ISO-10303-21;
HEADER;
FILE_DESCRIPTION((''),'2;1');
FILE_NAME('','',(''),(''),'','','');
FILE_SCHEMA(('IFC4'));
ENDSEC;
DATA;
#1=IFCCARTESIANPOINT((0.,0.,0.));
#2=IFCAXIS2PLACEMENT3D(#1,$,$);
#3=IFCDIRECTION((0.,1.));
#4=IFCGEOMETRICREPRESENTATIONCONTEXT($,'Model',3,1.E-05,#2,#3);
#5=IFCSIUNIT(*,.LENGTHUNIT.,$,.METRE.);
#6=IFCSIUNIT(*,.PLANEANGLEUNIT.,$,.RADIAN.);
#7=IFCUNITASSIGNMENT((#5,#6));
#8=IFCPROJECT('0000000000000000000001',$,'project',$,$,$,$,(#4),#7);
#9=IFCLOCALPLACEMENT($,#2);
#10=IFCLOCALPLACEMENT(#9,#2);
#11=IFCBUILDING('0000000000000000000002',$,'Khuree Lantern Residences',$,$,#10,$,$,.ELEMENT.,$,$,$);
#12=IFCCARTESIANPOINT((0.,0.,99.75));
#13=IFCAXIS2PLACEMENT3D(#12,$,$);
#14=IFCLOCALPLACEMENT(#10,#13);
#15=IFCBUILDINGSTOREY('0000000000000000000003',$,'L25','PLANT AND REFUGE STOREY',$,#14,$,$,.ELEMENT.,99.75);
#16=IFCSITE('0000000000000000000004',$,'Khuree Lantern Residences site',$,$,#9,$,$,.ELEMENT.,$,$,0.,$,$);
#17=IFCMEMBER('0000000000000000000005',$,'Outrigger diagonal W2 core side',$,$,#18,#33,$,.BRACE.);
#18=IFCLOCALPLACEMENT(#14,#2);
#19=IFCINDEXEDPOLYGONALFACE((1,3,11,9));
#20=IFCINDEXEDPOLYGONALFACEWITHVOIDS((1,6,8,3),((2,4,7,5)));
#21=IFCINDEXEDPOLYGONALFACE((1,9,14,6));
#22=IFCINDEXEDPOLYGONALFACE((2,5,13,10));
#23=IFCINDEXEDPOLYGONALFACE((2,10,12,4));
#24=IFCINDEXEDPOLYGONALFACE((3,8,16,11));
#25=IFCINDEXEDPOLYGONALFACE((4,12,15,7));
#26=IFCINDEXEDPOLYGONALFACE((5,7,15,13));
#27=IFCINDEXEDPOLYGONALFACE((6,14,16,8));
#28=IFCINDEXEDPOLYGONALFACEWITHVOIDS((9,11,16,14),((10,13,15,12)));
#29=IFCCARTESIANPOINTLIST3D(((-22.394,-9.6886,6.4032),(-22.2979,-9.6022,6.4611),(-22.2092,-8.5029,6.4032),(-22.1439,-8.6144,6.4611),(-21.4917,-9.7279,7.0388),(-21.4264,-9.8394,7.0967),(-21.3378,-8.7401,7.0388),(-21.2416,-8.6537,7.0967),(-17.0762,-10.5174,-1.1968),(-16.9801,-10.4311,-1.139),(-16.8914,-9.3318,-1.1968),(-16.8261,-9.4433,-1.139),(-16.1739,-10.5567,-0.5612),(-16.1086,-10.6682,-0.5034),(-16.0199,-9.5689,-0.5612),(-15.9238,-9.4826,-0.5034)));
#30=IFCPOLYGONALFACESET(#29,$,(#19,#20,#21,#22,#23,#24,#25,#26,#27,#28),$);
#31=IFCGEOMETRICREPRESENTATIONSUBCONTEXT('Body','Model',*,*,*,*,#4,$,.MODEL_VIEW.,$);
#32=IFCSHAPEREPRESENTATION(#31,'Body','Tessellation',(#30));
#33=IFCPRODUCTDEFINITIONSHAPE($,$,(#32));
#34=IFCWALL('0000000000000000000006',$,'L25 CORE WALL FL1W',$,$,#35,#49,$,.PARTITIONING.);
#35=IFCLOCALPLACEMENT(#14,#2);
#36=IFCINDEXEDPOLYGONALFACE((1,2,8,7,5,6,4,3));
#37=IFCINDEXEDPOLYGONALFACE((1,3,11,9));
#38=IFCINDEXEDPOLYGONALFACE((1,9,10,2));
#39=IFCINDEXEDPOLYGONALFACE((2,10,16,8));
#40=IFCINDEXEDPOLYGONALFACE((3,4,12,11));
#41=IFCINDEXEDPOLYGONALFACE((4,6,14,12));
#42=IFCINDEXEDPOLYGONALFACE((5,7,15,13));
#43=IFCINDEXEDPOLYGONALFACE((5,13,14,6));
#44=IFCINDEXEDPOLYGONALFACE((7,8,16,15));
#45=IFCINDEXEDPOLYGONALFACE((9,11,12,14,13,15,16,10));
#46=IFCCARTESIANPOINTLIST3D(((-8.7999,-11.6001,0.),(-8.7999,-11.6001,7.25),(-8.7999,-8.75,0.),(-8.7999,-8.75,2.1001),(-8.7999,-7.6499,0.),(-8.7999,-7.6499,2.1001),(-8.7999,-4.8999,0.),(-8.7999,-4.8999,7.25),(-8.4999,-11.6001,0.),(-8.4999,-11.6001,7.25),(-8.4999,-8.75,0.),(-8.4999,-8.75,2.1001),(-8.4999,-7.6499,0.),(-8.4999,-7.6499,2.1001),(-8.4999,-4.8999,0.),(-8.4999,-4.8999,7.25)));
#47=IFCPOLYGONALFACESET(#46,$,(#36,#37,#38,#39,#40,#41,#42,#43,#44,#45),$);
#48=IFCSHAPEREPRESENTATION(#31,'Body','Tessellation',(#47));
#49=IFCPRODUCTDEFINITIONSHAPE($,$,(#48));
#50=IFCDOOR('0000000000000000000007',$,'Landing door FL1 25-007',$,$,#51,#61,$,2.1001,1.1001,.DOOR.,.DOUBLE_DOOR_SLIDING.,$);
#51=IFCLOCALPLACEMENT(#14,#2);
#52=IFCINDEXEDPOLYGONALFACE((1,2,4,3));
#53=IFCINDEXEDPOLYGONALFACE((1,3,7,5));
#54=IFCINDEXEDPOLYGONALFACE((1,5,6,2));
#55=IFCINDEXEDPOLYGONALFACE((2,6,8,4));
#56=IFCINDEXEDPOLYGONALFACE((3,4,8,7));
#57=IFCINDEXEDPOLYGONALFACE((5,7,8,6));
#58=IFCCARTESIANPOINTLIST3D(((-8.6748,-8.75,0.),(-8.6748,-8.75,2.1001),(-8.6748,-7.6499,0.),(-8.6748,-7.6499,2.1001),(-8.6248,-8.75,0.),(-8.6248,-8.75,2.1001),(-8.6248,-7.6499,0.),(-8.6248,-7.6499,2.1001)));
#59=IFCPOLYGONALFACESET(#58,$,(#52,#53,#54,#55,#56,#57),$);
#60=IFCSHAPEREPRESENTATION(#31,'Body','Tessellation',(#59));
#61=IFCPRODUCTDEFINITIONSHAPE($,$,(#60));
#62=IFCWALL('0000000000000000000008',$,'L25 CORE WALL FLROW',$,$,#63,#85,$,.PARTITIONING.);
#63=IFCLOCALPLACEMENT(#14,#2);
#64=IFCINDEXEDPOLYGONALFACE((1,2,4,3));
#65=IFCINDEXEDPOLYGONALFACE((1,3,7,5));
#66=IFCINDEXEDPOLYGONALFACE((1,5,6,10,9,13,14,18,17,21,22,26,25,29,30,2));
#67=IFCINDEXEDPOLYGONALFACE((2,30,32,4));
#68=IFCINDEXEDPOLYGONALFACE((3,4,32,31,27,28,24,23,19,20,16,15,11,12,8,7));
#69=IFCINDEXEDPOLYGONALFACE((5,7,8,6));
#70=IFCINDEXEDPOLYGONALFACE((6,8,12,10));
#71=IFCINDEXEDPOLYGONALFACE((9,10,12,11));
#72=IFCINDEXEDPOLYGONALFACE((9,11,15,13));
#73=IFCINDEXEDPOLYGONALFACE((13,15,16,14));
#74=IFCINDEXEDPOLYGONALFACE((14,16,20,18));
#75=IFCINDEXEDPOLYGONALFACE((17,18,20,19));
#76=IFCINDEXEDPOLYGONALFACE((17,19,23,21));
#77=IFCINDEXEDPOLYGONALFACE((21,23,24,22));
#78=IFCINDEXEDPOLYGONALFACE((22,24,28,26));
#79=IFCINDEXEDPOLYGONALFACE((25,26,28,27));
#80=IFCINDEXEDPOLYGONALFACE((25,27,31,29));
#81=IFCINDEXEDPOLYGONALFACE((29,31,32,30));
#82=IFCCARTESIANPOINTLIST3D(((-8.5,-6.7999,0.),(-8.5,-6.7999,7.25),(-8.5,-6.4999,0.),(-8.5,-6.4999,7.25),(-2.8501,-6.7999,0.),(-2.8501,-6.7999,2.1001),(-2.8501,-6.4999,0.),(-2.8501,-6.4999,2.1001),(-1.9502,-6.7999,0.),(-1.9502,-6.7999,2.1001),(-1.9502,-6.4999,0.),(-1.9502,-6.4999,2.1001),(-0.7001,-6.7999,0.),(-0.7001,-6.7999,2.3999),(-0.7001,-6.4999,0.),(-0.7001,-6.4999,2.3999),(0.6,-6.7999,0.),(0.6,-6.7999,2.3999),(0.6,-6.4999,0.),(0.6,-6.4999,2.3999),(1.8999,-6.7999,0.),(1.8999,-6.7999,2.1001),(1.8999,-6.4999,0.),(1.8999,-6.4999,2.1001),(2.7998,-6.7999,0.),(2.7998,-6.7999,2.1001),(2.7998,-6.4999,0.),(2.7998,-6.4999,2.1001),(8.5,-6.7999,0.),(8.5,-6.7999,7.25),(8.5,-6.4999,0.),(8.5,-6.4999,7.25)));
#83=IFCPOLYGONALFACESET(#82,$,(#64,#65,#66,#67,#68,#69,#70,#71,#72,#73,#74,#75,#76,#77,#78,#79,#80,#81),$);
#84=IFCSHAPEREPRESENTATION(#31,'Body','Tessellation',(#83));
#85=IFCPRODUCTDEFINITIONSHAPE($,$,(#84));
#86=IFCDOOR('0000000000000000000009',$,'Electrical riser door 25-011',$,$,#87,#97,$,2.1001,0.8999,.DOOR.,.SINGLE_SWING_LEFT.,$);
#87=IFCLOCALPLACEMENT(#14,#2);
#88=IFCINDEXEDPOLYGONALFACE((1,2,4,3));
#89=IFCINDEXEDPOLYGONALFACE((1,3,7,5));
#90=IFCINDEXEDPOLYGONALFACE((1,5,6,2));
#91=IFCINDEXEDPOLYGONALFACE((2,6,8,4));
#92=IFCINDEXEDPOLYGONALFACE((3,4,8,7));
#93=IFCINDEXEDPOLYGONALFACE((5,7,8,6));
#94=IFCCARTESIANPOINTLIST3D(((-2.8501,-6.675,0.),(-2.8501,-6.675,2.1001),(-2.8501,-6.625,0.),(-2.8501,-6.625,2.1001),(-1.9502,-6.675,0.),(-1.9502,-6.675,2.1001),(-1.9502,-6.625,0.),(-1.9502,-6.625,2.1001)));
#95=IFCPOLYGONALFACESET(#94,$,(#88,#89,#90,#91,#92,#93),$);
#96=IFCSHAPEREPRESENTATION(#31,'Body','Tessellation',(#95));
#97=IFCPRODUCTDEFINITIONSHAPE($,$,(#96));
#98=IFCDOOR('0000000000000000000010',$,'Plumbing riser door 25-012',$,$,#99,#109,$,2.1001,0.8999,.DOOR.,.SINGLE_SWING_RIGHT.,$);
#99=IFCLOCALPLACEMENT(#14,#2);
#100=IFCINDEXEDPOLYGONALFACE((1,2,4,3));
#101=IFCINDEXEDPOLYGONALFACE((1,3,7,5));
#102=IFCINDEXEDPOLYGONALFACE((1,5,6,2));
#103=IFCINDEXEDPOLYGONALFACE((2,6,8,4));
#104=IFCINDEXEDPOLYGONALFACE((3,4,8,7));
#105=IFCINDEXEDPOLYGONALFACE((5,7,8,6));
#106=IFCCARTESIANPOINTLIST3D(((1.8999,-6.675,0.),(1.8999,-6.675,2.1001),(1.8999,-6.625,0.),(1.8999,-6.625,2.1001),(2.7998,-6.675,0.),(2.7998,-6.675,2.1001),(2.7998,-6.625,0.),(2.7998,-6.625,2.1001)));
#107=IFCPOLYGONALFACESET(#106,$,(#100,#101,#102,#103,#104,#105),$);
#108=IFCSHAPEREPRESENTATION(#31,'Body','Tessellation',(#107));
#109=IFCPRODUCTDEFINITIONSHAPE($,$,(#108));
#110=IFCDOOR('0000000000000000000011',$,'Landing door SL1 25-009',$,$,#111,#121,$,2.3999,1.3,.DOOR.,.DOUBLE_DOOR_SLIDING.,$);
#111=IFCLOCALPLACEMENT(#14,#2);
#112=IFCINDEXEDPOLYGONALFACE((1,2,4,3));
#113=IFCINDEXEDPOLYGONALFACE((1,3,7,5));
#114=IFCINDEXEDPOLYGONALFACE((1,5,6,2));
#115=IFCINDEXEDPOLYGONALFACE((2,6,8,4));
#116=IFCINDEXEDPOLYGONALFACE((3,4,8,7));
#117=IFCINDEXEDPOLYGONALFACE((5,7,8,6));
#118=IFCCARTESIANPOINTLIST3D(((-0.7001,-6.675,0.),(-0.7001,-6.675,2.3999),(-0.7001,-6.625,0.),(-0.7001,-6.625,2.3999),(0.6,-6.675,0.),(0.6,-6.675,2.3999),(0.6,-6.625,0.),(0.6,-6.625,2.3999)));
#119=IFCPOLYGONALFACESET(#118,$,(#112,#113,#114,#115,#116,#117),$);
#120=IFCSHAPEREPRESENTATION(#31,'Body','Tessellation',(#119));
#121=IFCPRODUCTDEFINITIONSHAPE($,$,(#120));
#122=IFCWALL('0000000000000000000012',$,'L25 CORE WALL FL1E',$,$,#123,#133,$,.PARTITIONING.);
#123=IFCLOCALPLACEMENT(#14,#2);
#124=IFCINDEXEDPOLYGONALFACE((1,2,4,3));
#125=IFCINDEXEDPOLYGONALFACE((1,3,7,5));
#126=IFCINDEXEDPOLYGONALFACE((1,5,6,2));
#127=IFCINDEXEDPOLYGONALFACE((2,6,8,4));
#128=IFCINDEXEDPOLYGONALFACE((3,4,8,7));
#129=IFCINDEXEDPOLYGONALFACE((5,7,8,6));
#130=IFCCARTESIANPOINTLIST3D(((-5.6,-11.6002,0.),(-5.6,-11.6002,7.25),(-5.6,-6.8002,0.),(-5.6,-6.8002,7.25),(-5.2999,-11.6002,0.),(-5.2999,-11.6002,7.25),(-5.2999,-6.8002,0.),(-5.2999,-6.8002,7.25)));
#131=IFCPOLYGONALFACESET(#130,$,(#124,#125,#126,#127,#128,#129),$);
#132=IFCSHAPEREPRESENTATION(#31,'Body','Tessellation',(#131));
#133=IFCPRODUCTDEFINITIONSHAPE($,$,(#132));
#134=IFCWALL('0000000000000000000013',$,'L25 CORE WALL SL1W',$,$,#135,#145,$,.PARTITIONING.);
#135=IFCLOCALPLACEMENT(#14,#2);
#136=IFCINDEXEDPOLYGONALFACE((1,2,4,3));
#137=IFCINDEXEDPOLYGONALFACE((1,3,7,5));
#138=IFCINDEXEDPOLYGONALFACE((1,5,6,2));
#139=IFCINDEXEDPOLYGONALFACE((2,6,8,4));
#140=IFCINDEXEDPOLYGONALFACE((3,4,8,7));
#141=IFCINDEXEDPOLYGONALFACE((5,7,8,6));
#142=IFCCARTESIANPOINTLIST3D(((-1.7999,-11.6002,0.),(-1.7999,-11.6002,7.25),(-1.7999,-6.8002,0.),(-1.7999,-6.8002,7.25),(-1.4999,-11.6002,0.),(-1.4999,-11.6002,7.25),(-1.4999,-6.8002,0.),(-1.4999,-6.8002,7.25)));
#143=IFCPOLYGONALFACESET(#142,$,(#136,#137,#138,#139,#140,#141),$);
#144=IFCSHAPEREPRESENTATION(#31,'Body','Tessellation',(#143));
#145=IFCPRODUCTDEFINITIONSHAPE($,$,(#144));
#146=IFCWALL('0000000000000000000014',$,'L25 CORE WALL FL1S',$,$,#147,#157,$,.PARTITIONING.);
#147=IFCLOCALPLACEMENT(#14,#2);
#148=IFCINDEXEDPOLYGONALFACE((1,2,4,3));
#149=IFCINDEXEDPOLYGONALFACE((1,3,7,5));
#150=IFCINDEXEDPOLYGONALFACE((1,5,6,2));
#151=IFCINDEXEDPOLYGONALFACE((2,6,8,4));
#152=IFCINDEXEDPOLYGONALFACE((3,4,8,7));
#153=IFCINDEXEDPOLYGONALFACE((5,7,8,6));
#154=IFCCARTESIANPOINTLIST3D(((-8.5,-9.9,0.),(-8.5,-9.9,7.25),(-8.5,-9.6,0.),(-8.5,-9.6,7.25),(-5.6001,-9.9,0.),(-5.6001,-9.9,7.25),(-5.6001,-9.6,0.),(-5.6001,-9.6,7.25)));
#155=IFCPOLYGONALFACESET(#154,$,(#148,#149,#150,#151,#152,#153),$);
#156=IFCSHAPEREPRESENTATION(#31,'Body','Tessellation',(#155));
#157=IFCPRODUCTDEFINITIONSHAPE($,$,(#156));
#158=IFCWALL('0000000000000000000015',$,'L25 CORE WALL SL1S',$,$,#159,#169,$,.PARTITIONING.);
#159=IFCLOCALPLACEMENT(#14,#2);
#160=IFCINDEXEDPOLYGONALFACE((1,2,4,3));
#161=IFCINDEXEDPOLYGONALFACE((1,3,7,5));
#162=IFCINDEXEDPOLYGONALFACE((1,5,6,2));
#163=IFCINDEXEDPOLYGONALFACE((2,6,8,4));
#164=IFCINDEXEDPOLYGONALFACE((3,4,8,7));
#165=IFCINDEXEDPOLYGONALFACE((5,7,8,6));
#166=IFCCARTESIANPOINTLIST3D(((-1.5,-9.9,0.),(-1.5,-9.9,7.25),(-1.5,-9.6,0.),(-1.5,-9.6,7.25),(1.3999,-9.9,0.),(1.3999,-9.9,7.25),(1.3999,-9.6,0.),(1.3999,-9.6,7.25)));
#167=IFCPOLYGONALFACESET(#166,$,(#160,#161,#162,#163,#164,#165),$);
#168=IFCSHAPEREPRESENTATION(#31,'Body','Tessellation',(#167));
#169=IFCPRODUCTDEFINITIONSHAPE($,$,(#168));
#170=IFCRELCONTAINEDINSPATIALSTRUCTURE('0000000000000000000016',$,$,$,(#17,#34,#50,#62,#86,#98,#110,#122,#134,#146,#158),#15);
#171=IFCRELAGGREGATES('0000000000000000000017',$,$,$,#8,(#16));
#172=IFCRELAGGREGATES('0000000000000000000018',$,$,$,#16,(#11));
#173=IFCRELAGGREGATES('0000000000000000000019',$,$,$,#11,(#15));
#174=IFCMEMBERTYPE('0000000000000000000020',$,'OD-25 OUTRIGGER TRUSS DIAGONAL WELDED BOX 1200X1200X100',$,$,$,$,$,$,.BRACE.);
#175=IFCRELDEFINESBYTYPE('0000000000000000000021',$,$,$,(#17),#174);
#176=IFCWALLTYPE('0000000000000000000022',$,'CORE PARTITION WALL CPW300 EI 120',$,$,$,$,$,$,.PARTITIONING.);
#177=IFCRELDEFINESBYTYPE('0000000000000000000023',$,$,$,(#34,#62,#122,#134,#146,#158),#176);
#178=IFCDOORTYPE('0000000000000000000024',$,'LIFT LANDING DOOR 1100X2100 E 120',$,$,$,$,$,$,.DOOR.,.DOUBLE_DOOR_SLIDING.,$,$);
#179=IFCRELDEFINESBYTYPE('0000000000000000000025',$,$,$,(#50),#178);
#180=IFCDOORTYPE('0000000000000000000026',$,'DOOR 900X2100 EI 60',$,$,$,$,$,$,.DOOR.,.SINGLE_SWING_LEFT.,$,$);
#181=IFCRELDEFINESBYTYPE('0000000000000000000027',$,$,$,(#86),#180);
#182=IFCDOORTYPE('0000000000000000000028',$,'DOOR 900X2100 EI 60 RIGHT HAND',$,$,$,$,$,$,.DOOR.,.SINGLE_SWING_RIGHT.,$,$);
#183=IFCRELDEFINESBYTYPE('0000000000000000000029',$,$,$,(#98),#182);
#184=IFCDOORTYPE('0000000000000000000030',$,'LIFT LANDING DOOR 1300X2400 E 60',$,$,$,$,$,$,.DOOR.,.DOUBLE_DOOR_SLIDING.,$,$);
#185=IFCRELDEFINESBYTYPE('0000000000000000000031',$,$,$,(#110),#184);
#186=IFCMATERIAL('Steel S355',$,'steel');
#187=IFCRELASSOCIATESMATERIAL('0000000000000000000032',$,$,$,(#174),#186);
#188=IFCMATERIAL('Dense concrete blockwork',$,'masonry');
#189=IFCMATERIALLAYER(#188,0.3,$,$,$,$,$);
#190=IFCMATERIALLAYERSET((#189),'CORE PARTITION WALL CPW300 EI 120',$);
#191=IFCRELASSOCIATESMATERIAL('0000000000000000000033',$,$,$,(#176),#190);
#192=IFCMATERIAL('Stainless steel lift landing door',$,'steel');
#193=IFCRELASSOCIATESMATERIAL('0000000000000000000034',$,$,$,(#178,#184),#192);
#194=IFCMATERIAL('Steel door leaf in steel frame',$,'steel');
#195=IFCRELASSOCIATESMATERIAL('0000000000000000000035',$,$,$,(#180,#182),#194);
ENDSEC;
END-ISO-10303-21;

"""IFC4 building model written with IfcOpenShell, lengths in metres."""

from ifc_helpers import new_model, si_unit, direction, frame, frame_2d, origin, origin_2d, place, context, subcontext, project, spatial, rectangle, hollow_rectangle, extrude, material, layer, layer_set, material_profile, profile_set, type_object, element, fill, save


model = new_model("IFC4")

# Units and contexts
model_context = context("Model", 3, precision=1e-05, world=origin(), true_north=direction((0.0, 1.0)))
body_context = subcontext(model_context, "Body", "Model", "MODEL_VIEW")
ifc_project = project(units=[si_unit("LENGTHUNIT", "METRE"), si_unit("PLANEANGLEUNIT", "RADIAN")], contexts=[model_context])

# Site, building, storey
site_placement = place(None, origin())
site = spatial("IfcSite", under=ifc_project, at=site_placement, Name="Khuree Lantern Residences site", CompositionType="ELEMENT", RefElevation=0.0)
building_placement = place(site_placement, origin())
building = spatial("IfcBuilding", under=site, at=building_placement, Name="Khuree Lantern Residences", CompositionType="ELEMENT")
storey_placement = place(building_placement, frame((0.0, 0.0, 99.75)))
storey = spatial("IfcBuildingStorey", under=building, at=storey_placement, Name="L25", Description="PLANT AND REFUGE STOREY", CompositionType="ELEMENT", Elevation=99.75)

# Member
ifc_material_1 = material(Name="Steel S355", Category="steel")
ifc_material_profile = material_profile(ifc_material_1, hollow_rectangle(XDim=1.2, YDim=1.2, WallThickness=0.1001, at=origin_2d()), Name="WELDED BOX 1200X1200X100")
ifc_profile_set = profile_set([ifc_material_profile], Name="Steel S355")
member_type = type_object("IfcMemberType", Name="OD-25 OUTRIGGER TRUSS DIAGONAL WELDED BOX 1200X1200X100", PredefinedType="BRACE", material=ifc_profile_set)
member_placement = place(storey_placement, frame((-16.5, -10.0, -0.8501), z_axis=(-0.571028, 0.089002, 0.816092), x_axis=(-0.154003, -0.98807, 0.0)))
element("IfcMember", 1, at=member_placement, inside=storey, type_object=member_type, Name="Outrigger diagonal W2 core side", PredefinedType="BRACE", context=body_context, shape_type="SweptSolid", body=[
    extrude(hollow_rectangle(XDim=1.2, YDim=1.2, WallThickness=0.1001, at=origin_2d()), origin(), (0.0, 0.0, 1.0), 9.3127),
])

# Wall, opening, door
ifc_material_2 = material(Name="Dense concrete blockwork", Category="masonry")
ifc_layer_1 = layer(ifc_material_2, 0.3)
ifc_layer_set_1 = layer_set([ifc_layer_1], Name="CORE PARTITION WALL CPW300 EI 120")
wall_type_1 = type_object("IfcWallType", Name="CORE PARTITION WALL CPW300 EI 120", PredefinedType="PARTITIONING", material=ifc_layer_set_1)
wall_1_placement = place(storey_placement, frame((-8.6499, -11.6001, 0.0), z_axis=(0.0, 0.0, 1.0), x_axis=(0.0, 1.0, 0.0)))
wall_1 = element("IfcWall", 2, at=wall_1_placement, inside=storey, type_object=wall_type_1, Name="L25 CORE WALL FL1W", PredefinedType="PARTITIONING", context=body_context, shape_type="SweptSolid", body=[
    extrude(rectangle(XDim=6.7002, YDim=0.3, at=frame_2d((3.3501, 0.0))), origin(), (0.0, 0.0, 1.0), 7.25),
])
opening_1_placement = place(wall_1_placement, frame((2.8501, 0.0, 0.0)))
opening_1 = element("IfcOpeningElement", 3, at=opening_1_placement, cuts=wall_1, PredefinedType="OPENING", context=body_context, shape_type="SweptSolid", body=[
    extrude(rectangle(XDim=1.1001, YDim=2.1001, at=frame_2d((0.55, 1.05))), frame((0.0, 0.1602, 0.0), z_axis=(0.0, -1.0, 0.0), x_axis=(1.0, 0.0, 0.0)), (0.0, 0.0, 1.0), 0.3201),
])
ifc_material_3 = material(Name="Stainless steel lift landing door", Category="steel")
door_type_1 = type_object("IfcDoorType", Name="LIFT LANDING DOOR 1100X2100 E 120", OperationType="DOUBLE_DOOR_SLIDING", PredefinedType="DOOR", material=ifc_material_3)
door_1_placement = place(opening_1_placement, origin())
door_1 = element("IfcDoor", 4, at=door_1_placement, inside=storey, type_object=door_type_1, Name="Landing door FL1 25-007", OperationType="DOUBLE_DOOR_SLIDING", OverallHeight=2.1001, OverallWidth=1.1001, PredefinedType="DOOR", context=body_context, shape_type="SweptSolid", body=[
    extrude(rectangle(XDim=1.1001, YDim=2.1001, at=frame_2d((0.55, 1.05))), frame((0.0, 0.0249, 0.0), z_axis=(0.0, -1.0, 0.0), x_axis=(1.0, 0.0, 0.0)), (0.0, 0.0, 1.0), 0.05),
])
fill(opening_1, door_1)

# Wall, openings, doors
wall_2_placement = place(storey_placement, frame((-8.5, -6.6499, 0.0), z_axis=(0.0, 0.0, 1.0), x_axis=(1.0, 0.0, 0.0)))
wall_2 = element("IfcWall", 5, at=wall_2_placement, inside=storey, type_object=wall_type_1, Name="L25 CORE WALL FLROW", PredefinedType="PARTITIONING", context=body_context, shape_type="SweptSolid", body=[
    extrude(rectangle(XDim=17.0, YDim=0.3, at=frame_2d((8.5, 0.0))), origin(), (0.0, 0.0, 1.0), 7.25),
])
opening_2_placement = place(wall_2_placement, frame((7.8, 0.0, 0.0)))
opening_2 = element("IfcOpeningElement", 6, at=opening_2_placement, cuts=wall_2, PredefinedType="OPENING", context=body_context, shape_type="SweptSolid", body=[
    extrude(rectangle(XDim=1.3, YDim=2.3999, at=frame_2d((0.6499, 1.2))), frame((0.0, 0.1602, 0.0), z_axis=(0.0, -1.0, 0.0), x_axis=(1.0, 0.0, 0.0)), (0.0, 0.0, 1.0), 0.3201),
])
opening_3_placement = place(wall_2_placement, frame((5.6499, 0.0, 0.0)))
opening_3 = element("IfcOpeningElement", 7, at=opening_3_placement, cuts=wall_2, PredefinedType="OPENING", context=body_context, shape_type="SweptSolid", body=[
    extrude(rectangle(XDim=0.8999, YDim=2.1001, at=frame_2d((0.45, 1.05))), frame((0.0, 0.1602, 0.0), z_axis=(0.0, -1.0, 0.0), x_axis=(1.0, 0.0, 0.0)), (0.0, 0.0, 1.0), 0.3201),
])
opening_4_placement = place(wall_2_placement, frame((10.3999, 0.0, 0.0)))
opening_4 = element("IfcOpeningElement", 8, at=opening_4_placement, cuts=wall_2, PredefinedType="OPENING", context=body_context, shape_type="SweptSolid", body=[
    extrude(rectangle(XDim=0.8999, YDim=2.1001, at=frame_2d((0.45, 1.05))), frame((0.0, 0.1602, 0.0), z_axis=(0.0, -1.0, 0.0), x_axis=(1.0, 0.0, 0.0)), (0.0, 0.0, 1.0), 0.3201),
])
ifc_material_4 = material(Name="Steel door leaf in steel frame", Category="steel")
door_type_2 = type_object("IfcDoorType", Name="DOOR 900X2100 EI 60", OperationType="SINGLE_SWING_LEFT", PredefinedType="DOOR", material=ifc_material_4)
door_2_placement = place(opening_3_placement, origin())
door_2 = element("IfcDoor", 9, at=door_2_placement, inside=storey, type_object=door_type_2, Name="Electrical riser door 25-011", OperationType="SINGLE_SWING_LEFT", OverallHeight=2.1001, OverallWidth=0.8999, PredefinedType="DOOR", context=body_context, shape_type="SweptSolid", body=[
    extrude(rectangle(XDim=0.8999, YDim=2.1001, at=frame_2d((0.45, 1.05))), frame((0.0, 0.0249, 0.0), z_axis=(0.0, -1.0, 0.0), x_axis=(1.0, 0.0, 0.0)), (0.0, 0.0, 1.0), 0.05),
])
fill(opening_3, door_2)
door_type_3 = type_object("IfcDoorType", Name="DOOR 900X2100 EI 60 RIGHT HAND", OperationType="SINGLE_SWING_RIGHT", PredefinedType="DOOR", material=ifc_material_4)
door_3_placement = place(opening_4_placement, origin())
door_3 = element("IfcDoor", 10, at=door_3_placement, inside=storey, type_object=door_type_3, Name="Plumbing riser door 25-012", OperationType="SINGLE_SWING_RIGHT", OverallHeight=2.1001, OverallWidth=0.8999, PredefinedType="DOOR", context=body_context, shape_type="SweptSolid", body=[
    extrude(rectangle(XDim=0.8999, YDim=2.1001, at=frame_2d((0.45, 1.05))), frame((0.0, 0.0249, 0.0), z_axis=(0.0, -1.0, 0.0), x_axis=(1.0, 0.0, 0.0)), (0.0, 0.0, 1.0), 0.05),
])
fill(opening_4, door_3)
door_type_4 = type_object("IfcDoorType", Name="LIFT LANDING DOOR 1300X2400 E 60", OperationType="DOUBLE_DOOR_SLIDING", PredefinedType="DOOR", material=ifc_material_3)
door_4_placement = place(opening_2_placement, origin())
door_4 = element("IfcDoor", 11, at=door_4_placement, inside=storey, type_object=door_type_4, Name="Landing door SL1 25-009", OperationType="DOUBLE_DOOR_SLIDING", OverallHeight=2.3999, OverallWidth=1.3, PredefinedType="DOOR", context=body_context, shape_type="SweptSolid", body=[
    extrude(rectangle(XDim=1.3, YDim=2.3999, at=frame_2d((0.6499, 1.2))), frame((0.0, 0.0249, 0.0), z_axis=(0.0, -1.0, 0.0), x_axis=(1.0, 0.0, 0.0)), (0.0, 0.0, 1.0), 0.05),
])
fill(opening_2, door_4)

# Walls
for number, where, z_axis, x_axis, name in (
    (12, (-5.45, -11.6001, 0.0), (0.0, 0.0, 1.0), (0.0, 1.0, 0.0), "L25 CORE WALL FL1E"),
    (13, (-1.6499, -11.6001, 0.0), (0.0, 0.0, 1.0), (0.0, 1.0, 0.0), "L25 CORE WALL SL1W"),
):
    element("IfcWall", number, at=place(storey_placement, frame(where, z_axis=z_axis, x_axis=x_axis)), inside=storey, type_object=wall_type_1, Name=name, PredefinedType="PARTITIONING", context=body_context, shape_type="SweptSolid", body=[
        extrude(rectangle(XDim=4.8, YDim=0.3, at=frame_2d((2.3999, 0.0))), origin(), (0.0, 0.0, 1.0), 7.25),
    ])
for number, where, z_axis, x_axis, name in (
    (14, (-8.5, -9.75, 0.0), (0.0, 0.0, 1.0), (1.0, 0.0, 0.0), "L25 CORE WALL FL1S"),
    (15, (-1.5, -9.75, 0.0), (0.0, 0.0, 1.0), (1.0, 0.0, 0.0), "L25 CORE WALL SL1S"),
):
    element("IfcWall", number, at=place(storey_placement, frame(where, z_axis=z_axis, x_axis=x_axis)), inside=storey, type_object=wall_type_1, Name=name, PredefinedType="PARTITIONING", context=body_context, shape_type="SweptSolid", body=[
        extrude(rectangle(XDim=2.8999, YDim=0.3, at=frame_2d((1.45, 0.0))), origin(), (0.0, 0.0, 1.0), 7.25),
    ])

save(model, "model.ifc")
